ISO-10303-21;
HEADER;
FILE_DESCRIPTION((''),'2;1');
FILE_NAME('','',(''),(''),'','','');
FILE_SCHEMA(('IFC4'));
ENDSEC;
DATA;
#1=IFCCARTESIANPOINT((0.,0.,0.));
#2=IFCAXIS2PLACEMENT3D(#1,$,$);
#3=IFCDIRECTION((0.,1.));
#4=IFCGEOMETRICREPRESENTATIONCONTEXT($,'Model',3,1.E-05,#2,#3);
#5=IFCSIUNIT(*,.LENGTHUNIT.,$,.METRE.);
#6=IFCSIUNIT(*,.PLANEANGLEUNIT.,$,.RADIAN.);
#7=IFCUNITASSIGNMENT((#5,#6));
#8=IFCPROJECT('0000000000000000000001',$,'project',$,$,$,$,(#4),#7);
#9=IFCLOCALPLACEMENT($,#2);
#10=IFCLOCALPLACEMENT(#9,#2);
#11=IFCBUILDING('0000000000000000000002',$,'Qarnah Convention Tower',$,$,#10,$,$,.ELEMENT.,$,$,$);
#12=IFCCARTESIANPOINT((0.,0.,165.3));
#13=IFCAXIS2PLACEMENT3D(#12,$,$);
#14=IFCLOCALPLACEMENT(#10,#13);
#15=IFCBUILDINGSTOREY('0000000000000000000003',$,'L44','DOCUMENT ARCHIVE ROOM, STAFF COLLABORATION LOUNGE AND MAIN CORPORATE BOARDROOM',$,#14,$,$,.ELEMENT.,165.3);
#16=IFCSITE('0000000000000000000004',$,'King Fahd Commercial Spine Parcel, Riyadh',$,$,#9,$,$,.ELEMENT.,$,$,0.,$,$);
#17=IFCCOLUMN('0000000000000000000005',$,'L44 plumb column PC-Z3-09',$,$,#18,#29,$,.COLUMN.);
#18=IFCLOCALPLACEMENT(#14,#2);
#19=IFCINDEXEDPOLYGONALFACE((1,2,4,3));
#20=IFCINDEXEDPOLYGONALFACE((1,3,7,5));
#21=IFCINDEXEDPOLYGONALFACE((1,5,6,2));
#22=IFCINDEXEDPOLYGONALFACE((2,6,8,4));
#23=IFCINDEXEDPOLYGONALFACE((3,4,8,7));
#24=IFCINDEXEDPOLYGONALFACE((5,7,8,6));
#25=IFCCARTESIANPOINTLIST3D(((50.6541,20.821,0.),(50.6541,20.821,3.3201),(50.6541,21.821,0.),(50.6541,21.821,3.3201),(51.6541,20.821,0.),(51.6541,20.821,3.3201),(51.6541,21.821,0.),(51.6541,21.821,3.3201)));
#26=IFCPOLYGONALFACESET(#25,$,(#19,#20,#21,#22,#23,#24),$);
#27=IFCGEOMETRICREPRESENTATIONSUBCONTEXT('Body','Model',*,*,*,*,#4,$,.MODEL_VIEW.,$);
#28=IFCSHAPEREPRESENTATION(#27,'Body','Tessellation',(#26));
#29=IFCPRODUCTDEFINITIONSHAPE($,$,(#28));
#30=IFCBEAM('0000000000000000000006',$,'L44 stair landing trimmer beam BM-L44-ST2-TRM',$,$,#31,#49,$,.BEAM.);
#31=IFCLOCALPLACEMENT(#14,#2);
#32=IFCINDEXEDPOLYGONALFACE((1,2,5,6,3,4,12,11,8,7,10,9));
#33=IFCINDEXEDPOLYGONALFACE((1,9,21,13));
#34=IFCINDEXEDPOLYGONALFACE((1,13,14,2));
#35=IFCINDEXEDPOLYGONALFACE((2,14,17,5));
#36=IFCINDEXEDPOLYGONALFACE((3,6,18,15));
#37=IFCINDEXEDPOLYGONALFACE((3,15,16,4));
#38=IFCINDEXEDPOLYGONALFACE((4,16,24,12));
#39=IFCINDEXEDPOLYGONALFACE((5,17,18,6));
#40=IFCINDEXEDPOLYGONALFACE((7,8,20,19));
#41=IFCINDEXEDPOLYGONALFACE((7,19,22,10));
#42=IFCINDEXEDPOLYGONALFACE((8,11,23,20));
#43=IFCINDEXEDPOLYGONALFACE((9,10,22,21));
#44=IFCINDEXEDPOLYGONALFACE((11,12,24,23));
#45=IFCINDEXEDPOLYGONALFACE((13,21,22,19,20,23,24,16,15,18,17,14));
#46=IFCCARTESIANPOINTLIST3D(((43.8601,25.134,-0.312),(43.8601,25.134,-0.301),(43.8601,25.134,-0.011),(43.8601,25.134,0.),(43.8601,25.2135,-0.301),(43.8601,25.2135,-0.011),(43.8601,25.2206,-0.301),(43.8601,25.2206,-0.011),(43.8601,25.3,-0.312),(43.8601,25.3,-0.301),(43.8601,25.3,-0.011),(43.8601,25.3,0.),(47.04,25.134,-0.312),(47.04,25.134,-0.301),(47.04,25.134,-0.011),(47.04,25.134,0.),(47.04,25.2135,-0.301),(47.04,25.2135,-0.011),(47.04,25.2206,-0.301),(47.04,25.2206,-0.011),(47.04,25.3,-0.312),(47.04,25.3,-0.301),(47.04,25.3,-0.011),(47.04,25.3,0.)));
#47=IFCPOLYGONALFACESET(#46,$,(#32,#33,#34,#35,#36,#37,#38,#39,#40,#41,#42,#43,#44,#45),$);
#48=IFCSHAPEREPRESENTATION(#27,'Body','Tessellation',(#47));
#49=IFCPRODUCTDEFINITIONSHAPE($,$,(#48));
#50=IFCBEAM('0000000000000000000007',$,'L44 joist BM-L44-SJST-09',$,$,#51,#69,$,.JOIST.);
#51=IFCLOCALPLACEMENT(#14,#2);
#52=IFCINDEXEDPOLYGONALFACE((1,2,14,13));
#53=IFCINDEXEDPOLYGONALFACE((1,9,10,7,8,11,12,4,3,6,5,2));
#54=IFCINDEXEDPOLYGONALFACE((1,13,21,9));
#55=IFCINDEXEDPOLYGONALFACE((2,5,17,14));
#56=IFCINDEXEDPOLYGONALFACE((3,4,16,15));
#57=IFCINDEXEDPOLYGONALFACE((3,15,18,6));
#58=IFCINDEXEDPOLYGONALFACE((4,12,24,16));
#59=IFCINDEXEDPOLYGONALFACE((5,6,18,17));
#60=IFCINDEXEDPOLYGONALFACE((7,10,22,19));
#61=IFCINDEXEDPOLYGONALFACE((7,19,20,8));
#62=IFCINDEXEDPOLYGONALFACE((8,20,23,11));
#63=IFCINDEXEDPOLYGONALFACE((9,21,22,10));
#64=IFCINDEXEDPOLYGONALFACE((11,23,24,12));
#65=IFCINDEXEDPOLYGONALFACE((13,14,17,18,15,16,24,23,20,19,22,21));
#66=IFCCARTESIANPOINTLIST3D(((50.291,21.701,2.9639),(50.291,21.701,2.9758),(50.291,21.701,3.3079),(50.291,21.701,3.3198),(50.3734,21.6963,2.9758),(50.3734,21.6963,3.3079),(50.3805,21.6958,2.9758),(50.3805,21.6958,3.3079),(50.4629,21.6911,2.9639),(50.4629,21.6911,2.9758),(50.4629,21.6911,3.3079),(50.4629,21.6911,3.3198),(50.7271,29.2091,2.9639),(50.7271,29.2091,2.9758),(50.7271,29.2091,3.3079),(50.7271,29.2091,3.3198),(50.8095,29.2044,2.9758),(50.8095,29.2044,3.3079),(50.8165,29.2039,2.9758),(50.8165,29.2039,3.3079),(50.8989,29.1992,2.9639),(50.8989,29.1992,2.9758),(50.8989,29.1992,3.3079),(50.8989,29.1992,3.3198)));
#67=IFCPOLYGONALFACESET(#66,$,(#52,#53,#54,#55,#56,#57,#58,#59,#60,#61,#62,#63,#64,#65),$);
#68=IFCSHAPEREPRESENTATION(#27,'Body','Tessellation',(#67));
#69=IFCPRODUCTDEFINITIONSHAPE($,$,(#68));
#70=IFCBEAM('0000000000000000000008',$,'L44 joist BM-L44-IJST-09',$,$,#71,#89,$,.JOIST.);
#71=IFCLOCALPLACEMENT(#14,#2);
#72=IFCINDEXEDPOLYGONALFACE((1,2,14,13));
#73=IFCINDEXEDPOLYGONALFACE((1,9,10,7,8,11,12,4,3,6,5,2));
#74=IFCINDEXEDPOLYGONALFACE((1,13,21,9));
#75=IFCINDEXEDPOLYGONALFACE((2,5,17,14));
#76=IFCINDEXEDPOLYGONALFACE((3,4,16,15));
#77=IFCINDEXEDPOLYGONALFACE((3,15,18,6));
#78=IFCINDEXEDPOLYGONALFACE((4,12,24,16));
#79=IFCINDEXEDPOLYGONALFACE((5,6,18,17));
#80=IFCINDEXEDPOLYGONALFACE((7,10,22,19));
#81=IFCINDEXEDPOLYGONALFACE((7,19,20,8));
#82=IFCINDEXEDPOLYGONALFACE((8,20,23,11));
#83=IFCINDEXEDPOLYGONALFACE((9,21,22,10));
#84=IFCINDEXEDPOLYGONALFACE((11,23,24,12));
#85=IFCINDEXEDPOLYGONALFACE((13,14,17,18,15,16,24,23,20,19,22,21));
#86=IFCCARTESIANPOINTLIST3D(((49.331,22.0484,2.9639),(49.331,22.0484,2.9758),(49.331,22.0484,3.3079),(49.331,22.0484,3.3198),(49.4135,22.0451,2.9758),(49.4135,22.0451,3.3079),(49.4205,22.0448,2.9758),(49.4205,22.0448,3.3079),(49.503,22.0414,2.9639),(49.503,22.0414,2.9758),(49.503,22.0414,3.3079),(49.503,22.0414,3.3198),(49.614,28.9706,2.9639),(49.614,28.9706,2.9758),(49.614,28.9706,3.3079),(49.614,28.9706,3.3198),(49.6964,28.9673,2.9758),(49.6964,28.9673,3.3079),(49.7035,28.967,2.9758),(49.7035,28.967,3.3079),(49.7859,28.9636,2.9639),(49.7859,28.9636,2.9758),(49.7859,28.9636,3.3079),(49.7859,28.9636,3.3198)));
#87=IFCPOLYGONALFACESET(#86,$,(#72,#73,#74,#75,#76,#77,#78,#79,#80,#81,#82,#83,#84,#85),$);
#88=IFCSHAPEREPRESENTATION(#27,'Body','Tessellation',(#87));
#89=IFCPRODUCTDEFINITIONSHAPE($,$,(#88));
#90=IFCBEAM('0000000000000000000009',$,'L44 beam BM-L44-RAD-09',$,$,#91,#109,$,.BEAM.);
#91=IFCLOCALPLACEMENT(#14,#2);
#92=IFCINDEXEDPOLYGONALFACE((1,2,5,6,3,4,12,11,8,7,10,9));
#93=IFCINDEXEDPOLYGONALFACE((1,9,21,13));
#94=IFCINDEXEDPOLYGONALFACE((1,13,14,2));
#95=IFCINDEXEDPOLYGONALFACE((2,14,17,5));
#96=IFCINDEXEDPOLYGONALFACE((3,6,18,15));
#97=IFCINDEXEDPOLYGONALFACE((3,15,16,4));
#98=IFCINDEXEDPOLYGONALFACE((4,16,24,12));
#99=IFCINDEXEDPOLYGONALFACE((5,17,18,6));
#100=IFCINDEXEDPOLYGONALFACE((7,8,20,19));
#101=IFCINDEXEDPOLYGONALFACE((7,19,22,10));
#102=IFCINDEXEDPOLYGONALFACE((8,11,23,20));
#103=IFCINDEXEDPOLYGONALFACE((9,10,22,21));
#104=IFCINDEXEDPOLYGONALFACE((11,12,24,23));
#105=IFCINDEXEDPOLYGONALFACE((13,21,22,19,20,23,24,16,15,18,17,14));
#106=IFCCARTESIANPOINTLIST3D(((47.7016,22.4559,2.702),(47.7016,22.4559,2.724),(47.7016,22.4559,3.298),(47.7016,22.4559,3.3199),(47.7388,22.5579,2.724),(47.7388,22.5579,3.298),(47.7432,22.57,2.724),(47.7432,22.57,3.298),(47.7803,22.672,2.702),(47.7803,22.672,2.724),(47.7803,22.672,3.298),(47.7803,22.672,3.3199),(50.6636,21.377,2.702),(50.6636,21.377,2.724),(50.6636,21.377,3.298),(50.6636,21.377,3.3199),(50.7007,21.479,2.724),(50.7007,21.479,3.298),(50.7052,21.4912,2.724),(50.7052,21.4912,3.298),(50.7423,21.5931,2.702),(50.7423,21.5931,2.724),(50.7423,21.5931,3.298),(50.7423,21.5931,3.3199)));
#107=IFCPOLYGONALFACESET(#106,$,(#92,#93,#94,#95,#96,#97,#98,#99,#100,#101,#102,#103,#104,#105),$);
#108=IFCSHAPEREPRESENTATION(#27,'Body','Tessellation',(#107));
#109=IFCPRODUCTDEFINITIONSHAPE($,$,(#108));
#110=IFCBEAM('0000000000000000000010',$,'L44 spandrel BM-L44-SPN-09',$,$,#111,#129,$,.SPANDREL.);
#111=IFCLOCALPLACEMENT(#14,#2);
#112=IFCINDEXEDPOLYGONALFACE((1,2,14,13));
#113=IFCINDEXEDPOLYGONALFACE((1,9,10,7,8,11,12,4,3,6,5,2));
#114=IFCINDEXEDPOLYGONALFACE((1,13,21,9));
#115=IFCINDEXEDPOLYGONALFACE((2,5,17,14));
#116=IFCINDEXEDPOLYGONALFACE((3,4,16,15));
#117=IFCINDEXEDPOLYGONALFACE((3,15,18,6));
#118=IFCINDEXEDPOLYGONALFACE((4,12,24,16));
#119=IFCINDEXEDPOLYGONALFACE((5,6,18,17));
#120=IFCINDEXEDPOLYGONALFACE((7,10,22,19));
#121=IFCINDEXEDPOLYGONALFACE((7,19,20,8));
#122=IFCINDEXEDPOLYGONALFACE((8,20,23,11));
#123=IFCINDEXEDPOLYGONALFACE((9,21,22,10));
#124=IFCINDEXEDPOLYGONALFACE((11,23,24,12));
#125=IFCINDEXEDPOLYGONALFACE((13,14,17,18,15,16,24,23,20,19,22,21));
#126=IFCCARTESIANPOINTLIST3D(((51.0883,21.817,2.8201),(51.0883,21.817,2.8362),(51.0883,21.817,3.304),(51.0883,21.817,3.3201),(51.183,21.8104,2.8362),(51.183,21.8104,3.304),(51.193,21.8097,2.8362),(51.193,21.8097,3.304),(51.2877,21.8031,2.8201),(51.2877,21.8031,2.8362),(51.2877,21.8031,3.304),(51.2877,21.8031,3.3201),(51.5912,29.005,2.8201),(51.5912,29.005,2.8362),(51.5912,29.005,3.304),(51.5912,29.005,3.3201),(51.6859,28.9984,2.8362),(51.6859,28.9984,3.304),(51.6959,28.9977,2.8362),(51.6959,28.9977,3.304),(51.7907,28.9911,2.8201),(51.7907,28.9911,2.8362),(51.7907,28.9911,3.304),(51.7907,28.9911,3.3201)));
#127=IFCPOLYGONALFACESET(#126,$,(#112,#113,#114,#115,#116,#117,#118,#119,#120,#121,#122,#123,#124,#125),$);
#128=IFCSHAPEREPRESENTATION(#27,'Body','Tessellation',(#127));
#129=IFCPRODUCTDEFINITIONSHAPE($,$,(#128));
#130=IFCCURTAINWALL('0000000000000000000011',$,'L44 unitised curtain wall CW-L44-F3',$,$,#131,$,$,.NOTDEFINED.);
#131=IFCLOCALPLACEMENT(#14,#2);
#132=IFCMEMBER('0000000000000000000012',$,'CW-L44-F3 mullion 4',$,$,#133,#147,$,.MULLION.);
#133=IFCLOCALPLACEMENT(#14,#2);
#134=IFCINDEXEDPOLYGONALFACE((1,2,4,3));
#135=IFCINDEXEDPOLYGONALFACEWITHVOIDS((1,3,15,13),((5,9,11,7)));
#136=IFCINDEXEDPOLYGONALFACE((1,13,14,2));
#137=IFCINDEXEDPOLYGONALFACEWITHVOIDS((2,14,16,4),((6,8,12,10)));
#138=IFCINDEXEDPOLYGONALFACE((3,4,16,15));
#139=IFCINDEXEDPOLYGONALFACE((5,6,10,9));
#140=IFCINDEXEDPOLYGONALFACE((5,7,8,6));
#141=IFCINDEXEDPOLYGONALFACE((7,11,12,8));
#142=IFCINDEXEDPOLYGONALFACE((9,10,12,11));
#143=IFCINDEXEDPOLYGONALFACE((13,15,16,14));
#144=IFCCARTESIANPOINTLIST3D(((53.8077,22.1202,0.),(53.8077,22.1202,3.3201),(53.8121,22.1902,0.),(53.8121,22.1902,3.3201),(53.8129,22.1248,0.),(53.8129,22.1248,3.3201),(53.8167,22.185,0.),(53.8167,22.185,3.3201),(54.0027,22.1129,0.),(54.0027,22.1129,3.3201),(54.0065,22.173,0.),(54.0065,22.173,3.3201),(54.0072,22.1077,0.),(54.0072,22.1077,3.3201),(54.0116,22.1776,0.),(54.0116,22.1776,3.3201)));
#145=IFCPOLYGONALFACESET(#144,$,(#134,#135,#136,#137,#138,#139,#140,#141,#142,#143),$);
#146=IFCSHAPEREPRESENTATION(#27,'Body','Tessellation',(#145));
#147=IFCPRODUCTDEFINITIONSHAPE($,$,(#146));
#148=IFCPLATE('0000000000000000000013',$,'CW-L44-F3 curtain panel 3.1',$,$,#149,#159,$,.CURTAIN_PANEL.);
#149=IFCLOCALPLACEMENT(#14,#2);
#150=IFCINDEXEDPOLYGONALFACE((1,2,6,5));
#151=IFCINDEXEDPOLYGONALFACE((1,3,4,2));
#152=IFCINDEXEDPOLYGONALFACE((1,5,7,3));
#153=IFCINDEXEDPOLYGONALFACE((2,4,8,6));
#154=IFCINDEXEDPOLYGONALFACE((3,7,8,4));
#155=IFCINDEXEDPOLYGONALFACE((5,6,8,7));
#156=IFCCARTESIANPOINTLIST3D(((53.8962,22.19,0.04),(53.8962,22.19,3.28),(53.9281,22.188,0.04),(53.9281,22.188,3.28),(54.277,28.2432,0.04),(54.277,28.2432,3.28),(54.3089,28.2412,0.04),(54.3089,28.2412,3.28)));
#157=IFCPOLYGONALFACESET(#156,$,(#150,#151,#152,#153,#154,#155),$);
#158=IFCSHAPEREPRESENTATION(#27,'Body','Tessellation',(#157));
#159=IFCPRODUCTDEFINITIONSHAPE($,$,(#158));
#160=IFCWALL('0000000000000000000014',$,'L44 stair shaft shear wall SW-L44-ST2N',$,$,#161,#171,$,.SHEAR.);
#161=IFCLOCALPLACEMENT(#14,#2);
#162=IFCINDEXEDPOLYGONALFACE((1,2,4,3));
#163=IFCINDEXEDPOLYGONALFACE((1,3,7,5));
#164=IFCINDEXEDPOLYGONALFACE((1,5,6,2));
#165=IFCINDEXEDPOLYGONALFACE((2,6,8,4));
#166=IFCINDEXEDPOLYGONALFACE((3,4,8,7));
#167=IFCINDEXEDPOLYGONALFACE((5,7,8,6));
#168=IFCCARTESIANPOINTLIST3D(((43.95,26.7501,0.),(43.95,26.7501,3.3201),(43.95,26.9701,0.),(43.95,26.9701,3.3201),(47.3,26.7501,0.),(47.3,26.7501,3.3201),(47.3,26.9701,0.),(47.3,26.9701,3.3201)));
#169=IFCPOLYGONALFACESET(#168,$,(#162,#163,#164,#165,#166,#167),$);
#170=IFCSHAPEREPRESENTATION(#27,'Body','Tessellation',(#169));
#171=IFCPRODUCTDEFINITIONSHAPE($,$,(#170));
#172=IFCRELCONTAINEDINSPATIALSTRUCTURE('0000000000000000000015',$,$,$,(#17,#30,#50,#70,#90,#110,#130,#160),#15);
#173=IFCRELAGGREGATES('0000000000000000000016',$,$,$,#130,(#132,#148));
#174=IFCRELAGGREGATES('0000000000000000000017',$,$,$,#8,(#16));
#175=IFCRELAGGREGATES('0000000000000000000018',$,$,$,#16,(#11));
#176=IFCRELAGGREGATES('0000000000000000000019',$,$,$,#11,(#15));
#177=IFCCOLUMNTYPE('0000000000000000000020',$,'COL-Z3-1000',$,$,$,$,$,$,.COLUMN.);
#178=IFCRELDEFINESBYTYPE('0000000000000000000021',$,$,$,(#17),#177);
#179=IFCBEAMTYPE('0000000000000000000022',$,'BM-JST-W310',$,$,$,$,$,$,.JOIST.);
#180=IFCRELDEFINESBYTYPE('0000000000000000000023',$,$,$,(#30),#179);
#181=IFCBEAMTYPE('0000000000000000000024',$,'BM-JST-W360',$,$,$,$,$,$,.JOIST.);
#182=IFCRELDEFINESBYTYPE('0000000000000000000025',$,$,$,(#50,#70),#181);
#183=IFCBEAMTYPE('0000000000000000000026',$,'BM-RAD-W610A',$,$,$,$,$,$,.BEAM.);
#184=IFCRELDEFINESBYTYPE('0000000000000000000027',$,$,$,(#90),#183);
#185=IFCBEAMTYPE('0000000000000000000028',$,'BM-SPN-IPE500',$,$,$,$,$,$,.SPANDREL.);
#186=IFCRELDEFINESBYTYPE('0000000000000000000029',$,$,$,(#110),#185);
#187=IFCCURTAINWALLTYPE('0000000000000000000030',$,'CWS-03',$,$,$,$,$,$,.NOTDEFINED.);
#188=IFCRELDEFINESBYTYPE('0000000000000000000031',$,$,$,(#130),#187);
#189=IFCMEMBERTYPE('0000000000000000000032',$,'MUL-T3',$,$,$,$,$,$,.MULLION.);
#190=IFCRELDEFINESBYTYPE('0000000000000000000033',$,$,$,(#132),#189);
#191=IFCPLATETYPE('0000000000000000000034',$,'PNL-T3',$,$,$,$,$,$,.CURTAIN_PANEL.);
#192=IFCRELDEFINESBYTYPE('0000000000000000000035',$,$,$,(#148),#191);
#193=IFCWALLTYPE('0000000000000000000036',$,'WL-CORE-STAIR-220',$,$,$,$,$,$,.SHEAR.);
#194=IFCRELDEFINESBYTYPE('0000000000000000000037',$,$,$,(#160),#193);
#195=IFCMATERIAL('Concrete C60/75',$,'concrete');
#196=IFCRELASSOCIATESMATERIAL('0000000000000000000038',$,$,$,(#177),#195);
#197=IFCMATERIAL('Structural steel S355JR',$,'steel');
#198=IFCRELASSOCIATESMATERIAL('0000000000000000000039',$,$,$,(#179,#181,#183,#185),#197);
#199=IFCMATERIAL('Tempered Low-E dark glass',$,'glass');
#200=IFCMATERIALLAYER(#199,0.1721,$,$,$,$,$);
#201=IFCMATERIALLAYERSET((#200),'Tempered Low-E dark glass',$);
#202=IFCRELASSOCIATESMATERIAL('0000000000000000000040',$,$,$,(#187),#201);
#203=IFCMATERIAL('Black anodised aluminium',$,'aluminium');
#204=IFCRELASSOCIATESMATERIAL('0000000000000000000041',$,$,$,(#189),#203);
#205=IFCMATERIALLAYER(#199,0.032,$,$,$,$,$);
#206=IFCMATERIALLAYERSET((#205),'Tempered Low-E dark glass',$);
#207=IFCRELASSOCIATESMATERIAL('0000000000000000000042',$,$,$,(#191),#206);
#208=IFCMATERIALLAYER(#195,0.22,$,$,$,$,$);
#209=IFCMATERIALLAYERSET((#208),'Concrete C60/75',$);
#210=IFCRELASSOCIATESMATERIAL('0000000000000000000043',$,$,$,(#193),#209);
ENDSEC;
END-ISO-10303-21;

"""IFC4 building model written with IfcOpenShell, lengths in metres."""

from ifc_helpers import new_model, si_unit, direction, frame, frame_2d, origin, origin_2d, place, context, subcontext, project, spatial, rectangle, hollow_rectangle, i_section, extrude, material, layer, layer_set, material_profile, profile_set, type_object, element, aggregate, save


model = new_model("IFC4")

# Units and contexts
model_context = context("Model", 3, precision=1e-05, world=origin(), true_north=direction((0.0, 1.0)))
body_context = subcontext(model_context, "Body", "Model", "MODEL_VIEW")
ifc_project = project(units=[si_unit("LENGTHUNIT", "METRE"), si_unit("PLANEANGLEUNIT", "RADIAN")], contexts=[model_context])

# Site, building, storey
site_placement = place(None, origin())
site = spatial("IfcSite", under=ifc_project, at=site_placement, Name="King Fahd Commercial Spine Parcel, Riyadh", CompositionType="ELEMENT", RefElevation=0.0)
building_placement = place(site_placement, origin())
building = spatial("IfcBuilding", under=site, at=building_placement, Name="Qarnah Convention Tower", CompositionType="ELEMENT")
storey_placement = place(building_placement, frame((0.0, 0.0, 165.3)))
storey = spatial("IfcBuildingStorey", under=building, at=storey_placement, Name="L44", Description="DOCUMENT ARCHIVE ROOM, STAFF COLLABORATION LOUNGE AND MAIN CORPORATE BOARDROOM", CompositionType="ELEMENT", Elevation=165.3)

# Column
ifc_material_1 = material(Name="Concrete C60/75", Category="concrete")
ifc_material_profile_1 = material_profile(ifc_material_1, rectangle(XDim=1.0, YDim=1.0, at=origin_2d()), Name="RC-COL-1000X1000")
ifc_profile_set_1 = profile_set([ifc_material_profile_1], Name="Concrete C60/75")
column_type = type_object("IfcColumnType", Name="COL-Z3-1000", PredefinedType="COLUMN", material=ifc_profile_set_1)
column_placement = place(storey_placement, frame((51.1541, 21.321, 0.0), z_axis=(0.0, 0.0, 1.0), x_axis=(1.0, 0.0, 0.0)))
element("IfcColumn", 1, at=column_placement, inside=storey, type_object=column_type, Name="L44 plumb column PC-Z3-09", PredefinedType="COLUMN", context=body_context, shape_type="SweptSolid", body=[
    extrude(rectangle(XDim=1.0, YDim=1.0, at=origin_2d()), origin(), (0.0, 0.0, 1.0), 3.3201),
])

# Beams
ifc_material_2 = material(Name="Structural steel S355JR", Category="steel")
ifc_material_profile_2 = material_profile(ifc_material_2, i_section(OverallWidth=0.166, OverallDepth=0.312, WebThickness=0.0071, FlangeThickness=0.011, at=origin_2d()), Name="W310X45")
ifc_profile_set_2 = profile_set([ifc_material_profile_2], Name="Structural steel S355JR")
beam_type_1 = type_object("IfcBeamType", Name="BM-JST-W310", PredefinedType="JOIST", material=ifc_profile_set_2)
beam_1_placement = place(storey_placement, frame((43.8601, 25.217, -0.156), z_axis=(1.0, 0.0, 0.0), x_axis=(0.0, 1.0, 0.0)))
element("IfcBeam", 2, at=beam_1_placement, inside=storey, type_object=beam_type_1, Name="L44 stair landing trimmer beam BM-L44-ST2-TRM", PredefinedType="BEAM", context=body_context, shape_type="SweptSolid", body=[
    extrude(i_section(OverallWidth=0.166, OverallDepth=0.312, WebThickness=0.0071, FlangeThickness=0.011, at=origin_2d()), origin(), (0.0, 0.0, 1.0), 3.1799),
])
ifc_material_profile_3 = material_profile(ifc_material_2, i_section(OverallWidth=0.1721, OverallDepth=0.356, WebThickness=0.0071, FlangeThickness=0.012, at=origin_2d()), Name="W360X51")
ifc_profile_set_3 = profile_set([ifc_material_profile_3], Name="Structural steel S355JR")
beam_type_2 = type_object("IfcBeamType", Name="BM-JST-W360", PredefinedType="JOIST", material=ifc_profile_set_3)
beam_2_placement = place(storey_placement, frame((50.377, 21.696, 3.1418), z_axis=(0.057978, 0.998318, 0.0), x_axis=(-0.998318, 0.057978, 0.0)))
element("IfcBeam", 3, at=beam_2_placement, inside=storey, type_object=beam_type_2, Name="L44 joist BM-L44-SJST-09", PredefinedType="JOIST", context=body_context, shape_type="SweptSolid", body=[
    extrude(i_section(OverallWidth=0.1721, OverallDepth=0.356, WebThickness=0.0071, FlangeThickness=0.012, at=origin_2d()), origin(), (0.0, 0.0, 1.0), 7.5208),
])
beam_3_placement = place(storey_placement, frame((49.417, 22.0449, 3.1418), z_axis=(0.040843, 0.999166, 0.0), x_axis=(-0.999166, 0.040843, 0.0)))
element("IfcBeam", 4, at=beam_3_placement, inside=storey, type_object=beam_type_2, Name="L44 joist BM-L44-IJST-09", PredefinedType="JOIST", context=body_context, shape_type="SweptSolid", body=[
    extrude(i_section(OverallWidth=0.1721, OverallDepth=0.356, WebThickness=0.0071, FlangeThickness=0.012, at=origin_2d()), origin(), (0.0, 0.0, 1.0), 6.928),
])
ifc_material_profile_4 = material_profile(ifc_material_2, i_section(OverallWidth=0.23, OverallDepth=0.6179, WebThickness=0.0129, FlangeThickness=0.022, at=origin_2d()), Name="W610X140")
ifc_profile_set_4 = profile_set([ifc_material_profile_4], Name="Structural steel S355JR")
beam_type_3 = type_object("IfcBeamType", Name="BM-RAD-W610A", PredefinedType="BEAM", material=ifc_profile_set_4)
beam_4_placement = place(storey_placement, frame((47.741, 22.564, 3.011), z_axis=(0.93961, -0.342247, 0.0), x_axis=(0.342247, 0.93961, 0.0)))
element("IfcBeam", 5, at=beam_4_placement, inside=storey, type_object=beam_type_3, Name="L44 beam BM-L44-RAD-09", PredefinedType="BEAM", context=body_context, shape_type="SweptSolid", body=[
    extrude(i_section(OverallWidth=0.23, OverallDepth=0.6179, WebThickness=0.0129, FlangeThickness=0.022, at=origin_2d()), origin(), (0.0, 0.0, 1.0), 3.1523),
])
ifc_material_profile_5 = material_profile(ifc_material_2, i_section(OverallWidth=0.2, OverallDepth=0.5, WebThickness=0.01, FlangeThickness=0.0161, at=origin_2d()), Name="IPE500")
ifc_profile_set_5 = profile_set([ifc_material_profile_5], Name="Structural steel S355JR")
beam_type_4 = type_object("IfcBeamType", Name="BM-SPN-IPE500", PredefinedType="SPANDREL", material=ifc_profile_set_5)
beam_5_placement = place(storey_placement, frame((51.188, 21.8101, 3.0701), z_axis=(0.069797, 0.997561, 0.0), x_axis=(-0.997561, 0.069797, 0.0)))
element("IfcBeam", 6, at=beam_5_placement, inside=storey, type_object=beam_type_4, Name="L44 spandrel BM-L44-SPN-09", PredefinedType="SPANDREL", context=body_context, shape_type="SweptSolid", body=[
    extrude(i_section(OverallWidth=0.2, OverallDepth=0.5, WebThickness=0.01, FlangeThickness=0.0161, at=origin_2d()), origin(), (0.0, 0.0, 1.0), 7.2056),
])

# Curtain wall, member, plate
ifc_material_3 = material(Name="Tempered Low-E dark glass", Category="glass")
ifc_layer_1 = layer(ifc_material_3, 0.1721)
ifc_layer_set_1 = layer_set([ifc_layer_1], Name="Tempered Low-E dark glass")
curtain_wall_type = type_object("IfcCurtainWallType", Name="CWS-03", PredefinedType="NOTDEFINED", material=ifc_layer_set_1)
curtain_wall_placement = place(storey_placement, origin())
curtain_wall = element("IfcCurtainWall", 7, at=curtain_wall_placement, inside=storey, type_object=curtain_wall_type, Name="L44 unitised curtain wall CW-L44-F3", PredefinedType="NOTDEFINED")
ifc_material_4 = material(Name="Black anodised aluminium", Category="aluminium")
ifc_material_profile_6 = material_profile(ifc_material_4, hollow_rectangle(XDim=0.0701, YDim=0.2, WallThickness=0.0049, at=origin_2d()), Name="MUL-70X200")
ifc_profile_set_6 = profile_set([ifc_material_profile_6], Name="Black anodised aluminium")
member_type = type_object("IfcMemberType", Name="MUL-T3", PredefinedType="MULLION", material=ifc_profile_set_6)
member_placement = place(storey_placement, frame((53.9097, 22.1489, 0.0), z_axis=(0.0, 0.0, 1.0), x_axis=(-0.062781, -0.998027, 0.0)))
member = element("IfcMember", 8, at=member_placement, type_object=member_type, Name="CW-L44-F3 mullion 4", PredefinedType="MULLION", context=body_context, shape_type="SweptSolid", body=[
    extrude(hollow_rectangle(XDim=0.0701, YDim=0.2, WallThickness=0.0049, at=origin_2d()), origin(), (0.0, 0.0, 1.0), 3.3201),
])
ifc_layer_2 = layer(ifc_material_3, 0.032)
ifc_layer_set_2 = layer_set([ifc_layer_2], Name="Tempered Low-E dark glass")
plate_type = type_object("IfcPlateType", Name="PNL-T3", PredefinedType="CURTAIN_PANEL", material=ifc_layer_set_2)
plate_placement = place(storey_placement, frame((54.1025, 25.2156, 0.04), z_axis=(0.0, 0.0, 1.0), x_axis=(-0.062781, -0.998027, 0.0)))
plate = element("IfcPlate", 9, at=plate_placement, type_object=plate_type, Name="CW-L44-F3 curtain panel 3.1", PredefinedType="CURTAIN_PANEL", context=body_context, shape_type="SweptSolid", body=[
    extrude(rectangle(XDim=6.0652, YDim=0.032, at=origin_2d()), origin(), (0.0, 0.0, 1.0), 3.24),
])
aggregate(curtain_wall, [member, plate])

# Wall
ifc_layer_3 = layer(ifc_material_1, 0.22)
ifc_layer_set_3 = layer_set([ifc_layer_3], Name="Concrete C60/75")
wall_type_1 = type_object("IfcWallType", Name="WL-CORE-STAIR-220", PredefinedType="SHEAR", material=ifc_layer_set_3)
wall_1_placement = place(storey_placement, frame((43.95, 26.8601, 0.0), z_axis=(0.0, 0.0, 1.0), x_axis=(1.0, 0.0, 0.0)))
element("IfcWall", 10, at=wall_1_placement, inside=storey, type_object=wall_type_1, Name="L44 stair shaft shear wall SW-L44-ST2N", PredefinedType="SHEAR", context=body_context, shape_type="SweptSolid", body=[
    extrude(rectangle(XDim=3.3501, YDim=0.22, at=frame_2d((1.675, 0.0))), origin(), (0.0, 0.0, 1.0), 3.3201),
])

save(model, "model.ifc")
